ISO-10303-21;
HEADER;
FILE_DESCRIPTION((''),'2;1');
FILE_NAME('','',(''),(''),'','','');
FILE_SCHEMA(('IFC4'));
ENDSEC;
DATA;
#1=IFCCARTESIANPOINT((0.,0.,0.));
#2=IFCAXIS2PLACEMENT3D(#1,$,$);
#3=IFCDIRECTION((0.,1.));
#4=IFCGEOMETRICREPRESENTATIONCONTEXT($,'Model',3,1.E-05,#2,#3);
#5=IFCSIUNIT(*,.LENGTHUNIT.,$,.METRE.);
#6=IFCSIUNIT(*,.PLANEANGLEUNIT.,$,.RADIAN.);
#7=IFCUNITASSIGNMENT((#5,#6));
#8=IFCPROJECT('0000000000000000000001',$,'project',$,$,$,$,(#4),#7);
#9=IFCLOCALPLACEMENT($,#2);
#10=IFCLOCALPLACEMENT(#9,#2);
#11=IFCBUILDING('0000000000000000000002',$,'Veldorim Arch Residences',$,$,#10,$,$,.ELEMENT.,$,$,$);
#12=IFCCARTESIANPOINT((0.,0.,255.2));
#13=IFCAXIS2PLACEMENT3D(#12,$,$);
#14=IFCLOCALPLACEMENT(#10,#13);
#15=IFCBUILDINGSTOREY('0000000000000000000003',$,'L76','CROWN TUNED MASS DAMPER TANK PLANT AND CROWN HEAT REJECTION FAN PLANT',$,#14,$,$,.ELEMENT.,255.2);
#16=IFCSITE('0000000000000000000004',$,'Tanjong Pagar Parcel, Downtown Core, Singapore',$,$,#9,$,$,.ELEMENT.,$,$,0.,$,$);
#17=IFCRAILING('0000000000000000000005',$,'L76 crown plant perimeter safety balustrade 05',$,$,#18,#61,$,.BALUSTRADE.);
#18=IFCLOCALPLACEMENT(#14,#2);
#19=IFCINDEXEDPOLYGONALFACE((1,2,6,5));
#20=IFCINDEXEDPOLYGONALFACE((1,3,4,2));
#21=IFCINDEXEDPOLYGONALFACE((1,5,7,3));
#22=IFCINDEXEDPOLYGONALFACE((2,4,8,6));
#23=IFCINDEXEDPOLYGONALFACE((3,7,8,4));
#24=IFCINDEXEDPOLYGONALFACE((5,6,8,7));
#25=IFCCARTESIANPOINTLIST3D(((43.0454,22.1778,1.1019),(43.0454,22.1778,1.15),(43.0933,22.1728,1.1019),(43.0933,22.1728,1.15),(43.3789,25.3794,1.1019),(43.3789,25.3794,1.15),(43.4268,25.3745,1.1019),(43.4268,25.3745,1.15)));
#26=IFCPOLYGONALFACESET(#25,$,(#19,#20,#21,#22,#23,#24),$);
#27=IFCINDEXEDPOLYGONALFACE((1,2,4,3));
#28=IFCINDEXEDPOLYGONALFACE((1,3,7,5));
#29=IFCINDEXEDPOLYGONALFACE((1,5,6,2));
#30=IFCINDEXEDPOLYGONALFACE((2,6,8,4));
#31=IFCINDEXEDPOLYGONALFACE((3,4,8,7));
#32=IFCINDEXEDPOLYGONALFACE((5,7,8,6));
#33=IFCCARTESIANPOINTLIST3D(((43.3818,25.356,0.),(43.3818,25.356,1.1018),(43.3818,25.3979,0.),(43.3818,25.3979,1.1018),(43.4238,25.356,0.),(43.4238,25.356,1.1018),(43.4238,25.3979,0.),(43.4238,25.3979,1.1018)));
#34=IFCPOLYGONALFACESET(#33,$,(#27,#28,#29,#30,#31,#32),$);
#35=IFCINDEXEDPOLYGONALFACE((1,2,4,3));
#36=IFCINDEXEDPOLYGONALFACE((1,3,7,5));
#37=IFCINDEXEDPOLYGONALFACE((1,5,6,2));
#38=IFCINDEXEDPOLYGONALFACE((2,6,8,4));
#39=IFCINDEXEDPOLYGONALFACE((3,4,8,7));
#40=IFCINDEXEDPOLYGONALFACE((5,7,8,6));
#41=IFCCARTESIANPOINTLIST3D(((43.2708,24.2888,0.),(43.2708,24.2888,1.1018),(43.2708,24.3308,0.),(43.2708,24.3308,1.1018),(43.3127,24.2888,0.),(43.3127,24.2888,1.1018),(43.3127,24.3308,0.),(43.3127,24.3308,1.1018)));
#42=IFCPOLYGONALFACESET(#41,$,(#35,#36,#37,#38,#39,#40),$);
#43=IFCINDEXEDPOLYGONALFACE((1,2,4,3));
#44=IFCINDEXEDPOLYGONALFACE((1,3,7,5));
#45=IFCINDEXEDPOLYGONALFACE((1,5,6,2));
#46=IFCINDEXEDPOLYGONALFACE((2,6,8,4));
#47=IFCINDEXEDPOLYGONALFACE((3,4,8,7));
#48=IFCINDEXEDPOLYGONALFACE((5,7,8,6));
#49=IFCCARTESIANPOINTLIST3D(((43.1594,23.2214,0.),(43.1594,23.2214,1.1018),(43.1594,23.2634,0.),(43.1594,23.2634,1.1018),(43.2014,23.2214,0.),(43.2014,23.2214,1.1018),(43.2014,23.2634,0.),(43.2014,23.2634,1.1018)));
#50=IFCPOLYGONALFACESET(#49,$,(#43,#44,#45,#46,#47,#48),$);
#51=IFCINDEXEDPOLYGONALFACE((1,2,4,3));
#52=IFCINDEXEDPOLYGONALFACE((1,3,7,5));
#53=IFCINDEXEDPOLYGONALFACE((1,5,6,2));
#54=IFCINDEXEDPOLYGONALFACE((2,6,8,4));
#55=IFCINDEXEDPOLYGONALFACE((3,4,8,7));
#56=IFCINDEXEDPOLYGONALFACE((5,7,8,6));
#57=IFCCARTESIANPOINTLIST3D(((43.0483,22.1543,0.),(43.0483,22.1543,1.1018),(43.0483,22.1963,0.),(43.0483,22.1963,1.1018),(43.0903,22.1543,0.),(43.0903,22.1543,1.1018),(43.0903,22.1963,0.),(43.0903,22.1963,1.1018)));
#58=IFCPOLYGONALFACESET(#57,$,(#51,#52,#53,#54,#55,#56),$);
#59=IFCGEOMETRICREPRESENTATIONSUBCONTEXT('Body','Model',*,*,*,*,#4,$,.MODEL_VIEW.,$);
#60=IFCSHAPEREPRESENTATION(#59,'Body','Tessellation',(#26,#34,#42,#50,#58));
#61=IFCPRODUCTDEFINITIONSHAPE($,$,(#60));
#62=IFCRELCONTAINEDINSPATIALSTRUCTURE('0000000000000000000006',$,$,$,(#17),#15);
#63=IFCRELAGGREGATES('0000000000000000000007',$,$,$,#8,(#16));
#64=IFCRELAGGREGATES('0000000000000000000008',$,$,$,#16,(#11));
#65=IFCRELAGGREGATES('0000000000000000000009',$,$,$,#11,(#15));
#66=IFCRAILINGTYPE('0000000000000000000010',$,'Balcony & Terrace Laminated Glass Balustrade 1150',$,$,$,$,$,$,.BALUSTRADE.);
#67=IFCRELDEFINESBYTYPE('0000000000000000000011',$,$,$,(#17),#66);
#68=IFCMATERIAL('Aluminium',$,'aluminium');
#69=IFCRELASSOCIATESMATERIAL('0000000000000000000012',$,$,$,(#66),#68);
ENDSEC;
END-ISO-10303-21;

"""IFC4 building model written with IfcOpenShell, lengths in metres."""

from ifc_helpers import new_model, si_unit, direction, frame, origin, origin_2d, place, context, subcontext, project, spatial, rectangle, extrude, material, type_object, element, save


model = new_model("IFC4")

# Units and contexts
model_context = context("Model", 3, precision=1e-05, world=origin(), true_north=direction((0.0, 1.0)))
body_context = subcontext(model_context, "Body", "Model", "MODEL_VIEW")
ifc_project = project(units=[si_unit("LENGTHUNIT", "METRE"), si_unit("PLANEANGLEUNIT", "RADIAN")], contexts=[model_context])

# Site, building, storey
site_placement = place(None, origin())
site = spatial("IfcSite", under=ifc_project, at=site_placement, Name="Tanjong Pagar Parcel, Downtown Core, Singapore", CompositionType="ELEMENT", RefElevation=0.0)
building_placement = place(site_placement, origin())
building = spatial("IfcBuilding", under=site, at=building_placement, Name="Veldorim Arch Residences", CompositionType="ELEMENT")
storey_placement = place(building_placement, frame((0.0, 0.0, 255.2)))
storey = spatial("IfcBuildingStorey", under=building, at=storey_placement, Name="L76", Description="CROWN TUNED MASS DAMPER TANK PLANT AND CROWN HEAT REJECTION FAN PLANT", CompositionType="ELEMENT", Elevation=255.2)

# Railing
ifc_material_1 = material(Name="Aluminium", Category="aluminium")
railing_type = type_object("IfcRailingType", Name="Balcony & Terrace Laminated Glass Balustrade 1150", PredefinedType="BALUSTRADE", material=ifc_material_1)
railing_1_placement = place(storey_placement, frame((43.4028, 25.377, 0.0)))
element("IfcRailing", 1, at=railing_1_placement, inside=storey, type_object=railing_type, Name="L76 crown plant perimeter safety balustrade 05", PredefinedType="BALUSTRADE", context=body_context, shape_type="SweptSolid", body=[
    extrude(rectangle(XDim=0.0481, YDim=0.0481, at=origin_2d()), frame((0.0, 0.0, 1.126), z_axis=(-0.103603, -0.994619, 0.0), x_axis=(0.994619, -0.103603, 0.0)), (0.0, 0.0, 1.0), 3.219),
    extrude(rectangle(XDim=0.042, YDim=0.042, at=origin_2d()), origin(), (0.0, 0.0, 1.0), 1.1018),
    extrude(rectangle(XDim=0.042, YDim=0.042, at=origin_2d()), frame((-0.1111, -1.0671, 0.0)), (0.0, 0.0, 1.0), 1.1018),
    extrude(rectangle(XDim=0.042, YDim=0.042, at=origin_2d()), frame((-0.2224, -2.1345, 0.0)), (0.0, 0.0, 1.0), 1.1018),
    extrude(rectangle(XDim=0.042, YDim=0.042, at=origin_2d()), frame((-0.3335, -3.2017, 0.0)), (0.0, 0.0, 1.0), 1.1018),
])

save(model, "model.ifc")
